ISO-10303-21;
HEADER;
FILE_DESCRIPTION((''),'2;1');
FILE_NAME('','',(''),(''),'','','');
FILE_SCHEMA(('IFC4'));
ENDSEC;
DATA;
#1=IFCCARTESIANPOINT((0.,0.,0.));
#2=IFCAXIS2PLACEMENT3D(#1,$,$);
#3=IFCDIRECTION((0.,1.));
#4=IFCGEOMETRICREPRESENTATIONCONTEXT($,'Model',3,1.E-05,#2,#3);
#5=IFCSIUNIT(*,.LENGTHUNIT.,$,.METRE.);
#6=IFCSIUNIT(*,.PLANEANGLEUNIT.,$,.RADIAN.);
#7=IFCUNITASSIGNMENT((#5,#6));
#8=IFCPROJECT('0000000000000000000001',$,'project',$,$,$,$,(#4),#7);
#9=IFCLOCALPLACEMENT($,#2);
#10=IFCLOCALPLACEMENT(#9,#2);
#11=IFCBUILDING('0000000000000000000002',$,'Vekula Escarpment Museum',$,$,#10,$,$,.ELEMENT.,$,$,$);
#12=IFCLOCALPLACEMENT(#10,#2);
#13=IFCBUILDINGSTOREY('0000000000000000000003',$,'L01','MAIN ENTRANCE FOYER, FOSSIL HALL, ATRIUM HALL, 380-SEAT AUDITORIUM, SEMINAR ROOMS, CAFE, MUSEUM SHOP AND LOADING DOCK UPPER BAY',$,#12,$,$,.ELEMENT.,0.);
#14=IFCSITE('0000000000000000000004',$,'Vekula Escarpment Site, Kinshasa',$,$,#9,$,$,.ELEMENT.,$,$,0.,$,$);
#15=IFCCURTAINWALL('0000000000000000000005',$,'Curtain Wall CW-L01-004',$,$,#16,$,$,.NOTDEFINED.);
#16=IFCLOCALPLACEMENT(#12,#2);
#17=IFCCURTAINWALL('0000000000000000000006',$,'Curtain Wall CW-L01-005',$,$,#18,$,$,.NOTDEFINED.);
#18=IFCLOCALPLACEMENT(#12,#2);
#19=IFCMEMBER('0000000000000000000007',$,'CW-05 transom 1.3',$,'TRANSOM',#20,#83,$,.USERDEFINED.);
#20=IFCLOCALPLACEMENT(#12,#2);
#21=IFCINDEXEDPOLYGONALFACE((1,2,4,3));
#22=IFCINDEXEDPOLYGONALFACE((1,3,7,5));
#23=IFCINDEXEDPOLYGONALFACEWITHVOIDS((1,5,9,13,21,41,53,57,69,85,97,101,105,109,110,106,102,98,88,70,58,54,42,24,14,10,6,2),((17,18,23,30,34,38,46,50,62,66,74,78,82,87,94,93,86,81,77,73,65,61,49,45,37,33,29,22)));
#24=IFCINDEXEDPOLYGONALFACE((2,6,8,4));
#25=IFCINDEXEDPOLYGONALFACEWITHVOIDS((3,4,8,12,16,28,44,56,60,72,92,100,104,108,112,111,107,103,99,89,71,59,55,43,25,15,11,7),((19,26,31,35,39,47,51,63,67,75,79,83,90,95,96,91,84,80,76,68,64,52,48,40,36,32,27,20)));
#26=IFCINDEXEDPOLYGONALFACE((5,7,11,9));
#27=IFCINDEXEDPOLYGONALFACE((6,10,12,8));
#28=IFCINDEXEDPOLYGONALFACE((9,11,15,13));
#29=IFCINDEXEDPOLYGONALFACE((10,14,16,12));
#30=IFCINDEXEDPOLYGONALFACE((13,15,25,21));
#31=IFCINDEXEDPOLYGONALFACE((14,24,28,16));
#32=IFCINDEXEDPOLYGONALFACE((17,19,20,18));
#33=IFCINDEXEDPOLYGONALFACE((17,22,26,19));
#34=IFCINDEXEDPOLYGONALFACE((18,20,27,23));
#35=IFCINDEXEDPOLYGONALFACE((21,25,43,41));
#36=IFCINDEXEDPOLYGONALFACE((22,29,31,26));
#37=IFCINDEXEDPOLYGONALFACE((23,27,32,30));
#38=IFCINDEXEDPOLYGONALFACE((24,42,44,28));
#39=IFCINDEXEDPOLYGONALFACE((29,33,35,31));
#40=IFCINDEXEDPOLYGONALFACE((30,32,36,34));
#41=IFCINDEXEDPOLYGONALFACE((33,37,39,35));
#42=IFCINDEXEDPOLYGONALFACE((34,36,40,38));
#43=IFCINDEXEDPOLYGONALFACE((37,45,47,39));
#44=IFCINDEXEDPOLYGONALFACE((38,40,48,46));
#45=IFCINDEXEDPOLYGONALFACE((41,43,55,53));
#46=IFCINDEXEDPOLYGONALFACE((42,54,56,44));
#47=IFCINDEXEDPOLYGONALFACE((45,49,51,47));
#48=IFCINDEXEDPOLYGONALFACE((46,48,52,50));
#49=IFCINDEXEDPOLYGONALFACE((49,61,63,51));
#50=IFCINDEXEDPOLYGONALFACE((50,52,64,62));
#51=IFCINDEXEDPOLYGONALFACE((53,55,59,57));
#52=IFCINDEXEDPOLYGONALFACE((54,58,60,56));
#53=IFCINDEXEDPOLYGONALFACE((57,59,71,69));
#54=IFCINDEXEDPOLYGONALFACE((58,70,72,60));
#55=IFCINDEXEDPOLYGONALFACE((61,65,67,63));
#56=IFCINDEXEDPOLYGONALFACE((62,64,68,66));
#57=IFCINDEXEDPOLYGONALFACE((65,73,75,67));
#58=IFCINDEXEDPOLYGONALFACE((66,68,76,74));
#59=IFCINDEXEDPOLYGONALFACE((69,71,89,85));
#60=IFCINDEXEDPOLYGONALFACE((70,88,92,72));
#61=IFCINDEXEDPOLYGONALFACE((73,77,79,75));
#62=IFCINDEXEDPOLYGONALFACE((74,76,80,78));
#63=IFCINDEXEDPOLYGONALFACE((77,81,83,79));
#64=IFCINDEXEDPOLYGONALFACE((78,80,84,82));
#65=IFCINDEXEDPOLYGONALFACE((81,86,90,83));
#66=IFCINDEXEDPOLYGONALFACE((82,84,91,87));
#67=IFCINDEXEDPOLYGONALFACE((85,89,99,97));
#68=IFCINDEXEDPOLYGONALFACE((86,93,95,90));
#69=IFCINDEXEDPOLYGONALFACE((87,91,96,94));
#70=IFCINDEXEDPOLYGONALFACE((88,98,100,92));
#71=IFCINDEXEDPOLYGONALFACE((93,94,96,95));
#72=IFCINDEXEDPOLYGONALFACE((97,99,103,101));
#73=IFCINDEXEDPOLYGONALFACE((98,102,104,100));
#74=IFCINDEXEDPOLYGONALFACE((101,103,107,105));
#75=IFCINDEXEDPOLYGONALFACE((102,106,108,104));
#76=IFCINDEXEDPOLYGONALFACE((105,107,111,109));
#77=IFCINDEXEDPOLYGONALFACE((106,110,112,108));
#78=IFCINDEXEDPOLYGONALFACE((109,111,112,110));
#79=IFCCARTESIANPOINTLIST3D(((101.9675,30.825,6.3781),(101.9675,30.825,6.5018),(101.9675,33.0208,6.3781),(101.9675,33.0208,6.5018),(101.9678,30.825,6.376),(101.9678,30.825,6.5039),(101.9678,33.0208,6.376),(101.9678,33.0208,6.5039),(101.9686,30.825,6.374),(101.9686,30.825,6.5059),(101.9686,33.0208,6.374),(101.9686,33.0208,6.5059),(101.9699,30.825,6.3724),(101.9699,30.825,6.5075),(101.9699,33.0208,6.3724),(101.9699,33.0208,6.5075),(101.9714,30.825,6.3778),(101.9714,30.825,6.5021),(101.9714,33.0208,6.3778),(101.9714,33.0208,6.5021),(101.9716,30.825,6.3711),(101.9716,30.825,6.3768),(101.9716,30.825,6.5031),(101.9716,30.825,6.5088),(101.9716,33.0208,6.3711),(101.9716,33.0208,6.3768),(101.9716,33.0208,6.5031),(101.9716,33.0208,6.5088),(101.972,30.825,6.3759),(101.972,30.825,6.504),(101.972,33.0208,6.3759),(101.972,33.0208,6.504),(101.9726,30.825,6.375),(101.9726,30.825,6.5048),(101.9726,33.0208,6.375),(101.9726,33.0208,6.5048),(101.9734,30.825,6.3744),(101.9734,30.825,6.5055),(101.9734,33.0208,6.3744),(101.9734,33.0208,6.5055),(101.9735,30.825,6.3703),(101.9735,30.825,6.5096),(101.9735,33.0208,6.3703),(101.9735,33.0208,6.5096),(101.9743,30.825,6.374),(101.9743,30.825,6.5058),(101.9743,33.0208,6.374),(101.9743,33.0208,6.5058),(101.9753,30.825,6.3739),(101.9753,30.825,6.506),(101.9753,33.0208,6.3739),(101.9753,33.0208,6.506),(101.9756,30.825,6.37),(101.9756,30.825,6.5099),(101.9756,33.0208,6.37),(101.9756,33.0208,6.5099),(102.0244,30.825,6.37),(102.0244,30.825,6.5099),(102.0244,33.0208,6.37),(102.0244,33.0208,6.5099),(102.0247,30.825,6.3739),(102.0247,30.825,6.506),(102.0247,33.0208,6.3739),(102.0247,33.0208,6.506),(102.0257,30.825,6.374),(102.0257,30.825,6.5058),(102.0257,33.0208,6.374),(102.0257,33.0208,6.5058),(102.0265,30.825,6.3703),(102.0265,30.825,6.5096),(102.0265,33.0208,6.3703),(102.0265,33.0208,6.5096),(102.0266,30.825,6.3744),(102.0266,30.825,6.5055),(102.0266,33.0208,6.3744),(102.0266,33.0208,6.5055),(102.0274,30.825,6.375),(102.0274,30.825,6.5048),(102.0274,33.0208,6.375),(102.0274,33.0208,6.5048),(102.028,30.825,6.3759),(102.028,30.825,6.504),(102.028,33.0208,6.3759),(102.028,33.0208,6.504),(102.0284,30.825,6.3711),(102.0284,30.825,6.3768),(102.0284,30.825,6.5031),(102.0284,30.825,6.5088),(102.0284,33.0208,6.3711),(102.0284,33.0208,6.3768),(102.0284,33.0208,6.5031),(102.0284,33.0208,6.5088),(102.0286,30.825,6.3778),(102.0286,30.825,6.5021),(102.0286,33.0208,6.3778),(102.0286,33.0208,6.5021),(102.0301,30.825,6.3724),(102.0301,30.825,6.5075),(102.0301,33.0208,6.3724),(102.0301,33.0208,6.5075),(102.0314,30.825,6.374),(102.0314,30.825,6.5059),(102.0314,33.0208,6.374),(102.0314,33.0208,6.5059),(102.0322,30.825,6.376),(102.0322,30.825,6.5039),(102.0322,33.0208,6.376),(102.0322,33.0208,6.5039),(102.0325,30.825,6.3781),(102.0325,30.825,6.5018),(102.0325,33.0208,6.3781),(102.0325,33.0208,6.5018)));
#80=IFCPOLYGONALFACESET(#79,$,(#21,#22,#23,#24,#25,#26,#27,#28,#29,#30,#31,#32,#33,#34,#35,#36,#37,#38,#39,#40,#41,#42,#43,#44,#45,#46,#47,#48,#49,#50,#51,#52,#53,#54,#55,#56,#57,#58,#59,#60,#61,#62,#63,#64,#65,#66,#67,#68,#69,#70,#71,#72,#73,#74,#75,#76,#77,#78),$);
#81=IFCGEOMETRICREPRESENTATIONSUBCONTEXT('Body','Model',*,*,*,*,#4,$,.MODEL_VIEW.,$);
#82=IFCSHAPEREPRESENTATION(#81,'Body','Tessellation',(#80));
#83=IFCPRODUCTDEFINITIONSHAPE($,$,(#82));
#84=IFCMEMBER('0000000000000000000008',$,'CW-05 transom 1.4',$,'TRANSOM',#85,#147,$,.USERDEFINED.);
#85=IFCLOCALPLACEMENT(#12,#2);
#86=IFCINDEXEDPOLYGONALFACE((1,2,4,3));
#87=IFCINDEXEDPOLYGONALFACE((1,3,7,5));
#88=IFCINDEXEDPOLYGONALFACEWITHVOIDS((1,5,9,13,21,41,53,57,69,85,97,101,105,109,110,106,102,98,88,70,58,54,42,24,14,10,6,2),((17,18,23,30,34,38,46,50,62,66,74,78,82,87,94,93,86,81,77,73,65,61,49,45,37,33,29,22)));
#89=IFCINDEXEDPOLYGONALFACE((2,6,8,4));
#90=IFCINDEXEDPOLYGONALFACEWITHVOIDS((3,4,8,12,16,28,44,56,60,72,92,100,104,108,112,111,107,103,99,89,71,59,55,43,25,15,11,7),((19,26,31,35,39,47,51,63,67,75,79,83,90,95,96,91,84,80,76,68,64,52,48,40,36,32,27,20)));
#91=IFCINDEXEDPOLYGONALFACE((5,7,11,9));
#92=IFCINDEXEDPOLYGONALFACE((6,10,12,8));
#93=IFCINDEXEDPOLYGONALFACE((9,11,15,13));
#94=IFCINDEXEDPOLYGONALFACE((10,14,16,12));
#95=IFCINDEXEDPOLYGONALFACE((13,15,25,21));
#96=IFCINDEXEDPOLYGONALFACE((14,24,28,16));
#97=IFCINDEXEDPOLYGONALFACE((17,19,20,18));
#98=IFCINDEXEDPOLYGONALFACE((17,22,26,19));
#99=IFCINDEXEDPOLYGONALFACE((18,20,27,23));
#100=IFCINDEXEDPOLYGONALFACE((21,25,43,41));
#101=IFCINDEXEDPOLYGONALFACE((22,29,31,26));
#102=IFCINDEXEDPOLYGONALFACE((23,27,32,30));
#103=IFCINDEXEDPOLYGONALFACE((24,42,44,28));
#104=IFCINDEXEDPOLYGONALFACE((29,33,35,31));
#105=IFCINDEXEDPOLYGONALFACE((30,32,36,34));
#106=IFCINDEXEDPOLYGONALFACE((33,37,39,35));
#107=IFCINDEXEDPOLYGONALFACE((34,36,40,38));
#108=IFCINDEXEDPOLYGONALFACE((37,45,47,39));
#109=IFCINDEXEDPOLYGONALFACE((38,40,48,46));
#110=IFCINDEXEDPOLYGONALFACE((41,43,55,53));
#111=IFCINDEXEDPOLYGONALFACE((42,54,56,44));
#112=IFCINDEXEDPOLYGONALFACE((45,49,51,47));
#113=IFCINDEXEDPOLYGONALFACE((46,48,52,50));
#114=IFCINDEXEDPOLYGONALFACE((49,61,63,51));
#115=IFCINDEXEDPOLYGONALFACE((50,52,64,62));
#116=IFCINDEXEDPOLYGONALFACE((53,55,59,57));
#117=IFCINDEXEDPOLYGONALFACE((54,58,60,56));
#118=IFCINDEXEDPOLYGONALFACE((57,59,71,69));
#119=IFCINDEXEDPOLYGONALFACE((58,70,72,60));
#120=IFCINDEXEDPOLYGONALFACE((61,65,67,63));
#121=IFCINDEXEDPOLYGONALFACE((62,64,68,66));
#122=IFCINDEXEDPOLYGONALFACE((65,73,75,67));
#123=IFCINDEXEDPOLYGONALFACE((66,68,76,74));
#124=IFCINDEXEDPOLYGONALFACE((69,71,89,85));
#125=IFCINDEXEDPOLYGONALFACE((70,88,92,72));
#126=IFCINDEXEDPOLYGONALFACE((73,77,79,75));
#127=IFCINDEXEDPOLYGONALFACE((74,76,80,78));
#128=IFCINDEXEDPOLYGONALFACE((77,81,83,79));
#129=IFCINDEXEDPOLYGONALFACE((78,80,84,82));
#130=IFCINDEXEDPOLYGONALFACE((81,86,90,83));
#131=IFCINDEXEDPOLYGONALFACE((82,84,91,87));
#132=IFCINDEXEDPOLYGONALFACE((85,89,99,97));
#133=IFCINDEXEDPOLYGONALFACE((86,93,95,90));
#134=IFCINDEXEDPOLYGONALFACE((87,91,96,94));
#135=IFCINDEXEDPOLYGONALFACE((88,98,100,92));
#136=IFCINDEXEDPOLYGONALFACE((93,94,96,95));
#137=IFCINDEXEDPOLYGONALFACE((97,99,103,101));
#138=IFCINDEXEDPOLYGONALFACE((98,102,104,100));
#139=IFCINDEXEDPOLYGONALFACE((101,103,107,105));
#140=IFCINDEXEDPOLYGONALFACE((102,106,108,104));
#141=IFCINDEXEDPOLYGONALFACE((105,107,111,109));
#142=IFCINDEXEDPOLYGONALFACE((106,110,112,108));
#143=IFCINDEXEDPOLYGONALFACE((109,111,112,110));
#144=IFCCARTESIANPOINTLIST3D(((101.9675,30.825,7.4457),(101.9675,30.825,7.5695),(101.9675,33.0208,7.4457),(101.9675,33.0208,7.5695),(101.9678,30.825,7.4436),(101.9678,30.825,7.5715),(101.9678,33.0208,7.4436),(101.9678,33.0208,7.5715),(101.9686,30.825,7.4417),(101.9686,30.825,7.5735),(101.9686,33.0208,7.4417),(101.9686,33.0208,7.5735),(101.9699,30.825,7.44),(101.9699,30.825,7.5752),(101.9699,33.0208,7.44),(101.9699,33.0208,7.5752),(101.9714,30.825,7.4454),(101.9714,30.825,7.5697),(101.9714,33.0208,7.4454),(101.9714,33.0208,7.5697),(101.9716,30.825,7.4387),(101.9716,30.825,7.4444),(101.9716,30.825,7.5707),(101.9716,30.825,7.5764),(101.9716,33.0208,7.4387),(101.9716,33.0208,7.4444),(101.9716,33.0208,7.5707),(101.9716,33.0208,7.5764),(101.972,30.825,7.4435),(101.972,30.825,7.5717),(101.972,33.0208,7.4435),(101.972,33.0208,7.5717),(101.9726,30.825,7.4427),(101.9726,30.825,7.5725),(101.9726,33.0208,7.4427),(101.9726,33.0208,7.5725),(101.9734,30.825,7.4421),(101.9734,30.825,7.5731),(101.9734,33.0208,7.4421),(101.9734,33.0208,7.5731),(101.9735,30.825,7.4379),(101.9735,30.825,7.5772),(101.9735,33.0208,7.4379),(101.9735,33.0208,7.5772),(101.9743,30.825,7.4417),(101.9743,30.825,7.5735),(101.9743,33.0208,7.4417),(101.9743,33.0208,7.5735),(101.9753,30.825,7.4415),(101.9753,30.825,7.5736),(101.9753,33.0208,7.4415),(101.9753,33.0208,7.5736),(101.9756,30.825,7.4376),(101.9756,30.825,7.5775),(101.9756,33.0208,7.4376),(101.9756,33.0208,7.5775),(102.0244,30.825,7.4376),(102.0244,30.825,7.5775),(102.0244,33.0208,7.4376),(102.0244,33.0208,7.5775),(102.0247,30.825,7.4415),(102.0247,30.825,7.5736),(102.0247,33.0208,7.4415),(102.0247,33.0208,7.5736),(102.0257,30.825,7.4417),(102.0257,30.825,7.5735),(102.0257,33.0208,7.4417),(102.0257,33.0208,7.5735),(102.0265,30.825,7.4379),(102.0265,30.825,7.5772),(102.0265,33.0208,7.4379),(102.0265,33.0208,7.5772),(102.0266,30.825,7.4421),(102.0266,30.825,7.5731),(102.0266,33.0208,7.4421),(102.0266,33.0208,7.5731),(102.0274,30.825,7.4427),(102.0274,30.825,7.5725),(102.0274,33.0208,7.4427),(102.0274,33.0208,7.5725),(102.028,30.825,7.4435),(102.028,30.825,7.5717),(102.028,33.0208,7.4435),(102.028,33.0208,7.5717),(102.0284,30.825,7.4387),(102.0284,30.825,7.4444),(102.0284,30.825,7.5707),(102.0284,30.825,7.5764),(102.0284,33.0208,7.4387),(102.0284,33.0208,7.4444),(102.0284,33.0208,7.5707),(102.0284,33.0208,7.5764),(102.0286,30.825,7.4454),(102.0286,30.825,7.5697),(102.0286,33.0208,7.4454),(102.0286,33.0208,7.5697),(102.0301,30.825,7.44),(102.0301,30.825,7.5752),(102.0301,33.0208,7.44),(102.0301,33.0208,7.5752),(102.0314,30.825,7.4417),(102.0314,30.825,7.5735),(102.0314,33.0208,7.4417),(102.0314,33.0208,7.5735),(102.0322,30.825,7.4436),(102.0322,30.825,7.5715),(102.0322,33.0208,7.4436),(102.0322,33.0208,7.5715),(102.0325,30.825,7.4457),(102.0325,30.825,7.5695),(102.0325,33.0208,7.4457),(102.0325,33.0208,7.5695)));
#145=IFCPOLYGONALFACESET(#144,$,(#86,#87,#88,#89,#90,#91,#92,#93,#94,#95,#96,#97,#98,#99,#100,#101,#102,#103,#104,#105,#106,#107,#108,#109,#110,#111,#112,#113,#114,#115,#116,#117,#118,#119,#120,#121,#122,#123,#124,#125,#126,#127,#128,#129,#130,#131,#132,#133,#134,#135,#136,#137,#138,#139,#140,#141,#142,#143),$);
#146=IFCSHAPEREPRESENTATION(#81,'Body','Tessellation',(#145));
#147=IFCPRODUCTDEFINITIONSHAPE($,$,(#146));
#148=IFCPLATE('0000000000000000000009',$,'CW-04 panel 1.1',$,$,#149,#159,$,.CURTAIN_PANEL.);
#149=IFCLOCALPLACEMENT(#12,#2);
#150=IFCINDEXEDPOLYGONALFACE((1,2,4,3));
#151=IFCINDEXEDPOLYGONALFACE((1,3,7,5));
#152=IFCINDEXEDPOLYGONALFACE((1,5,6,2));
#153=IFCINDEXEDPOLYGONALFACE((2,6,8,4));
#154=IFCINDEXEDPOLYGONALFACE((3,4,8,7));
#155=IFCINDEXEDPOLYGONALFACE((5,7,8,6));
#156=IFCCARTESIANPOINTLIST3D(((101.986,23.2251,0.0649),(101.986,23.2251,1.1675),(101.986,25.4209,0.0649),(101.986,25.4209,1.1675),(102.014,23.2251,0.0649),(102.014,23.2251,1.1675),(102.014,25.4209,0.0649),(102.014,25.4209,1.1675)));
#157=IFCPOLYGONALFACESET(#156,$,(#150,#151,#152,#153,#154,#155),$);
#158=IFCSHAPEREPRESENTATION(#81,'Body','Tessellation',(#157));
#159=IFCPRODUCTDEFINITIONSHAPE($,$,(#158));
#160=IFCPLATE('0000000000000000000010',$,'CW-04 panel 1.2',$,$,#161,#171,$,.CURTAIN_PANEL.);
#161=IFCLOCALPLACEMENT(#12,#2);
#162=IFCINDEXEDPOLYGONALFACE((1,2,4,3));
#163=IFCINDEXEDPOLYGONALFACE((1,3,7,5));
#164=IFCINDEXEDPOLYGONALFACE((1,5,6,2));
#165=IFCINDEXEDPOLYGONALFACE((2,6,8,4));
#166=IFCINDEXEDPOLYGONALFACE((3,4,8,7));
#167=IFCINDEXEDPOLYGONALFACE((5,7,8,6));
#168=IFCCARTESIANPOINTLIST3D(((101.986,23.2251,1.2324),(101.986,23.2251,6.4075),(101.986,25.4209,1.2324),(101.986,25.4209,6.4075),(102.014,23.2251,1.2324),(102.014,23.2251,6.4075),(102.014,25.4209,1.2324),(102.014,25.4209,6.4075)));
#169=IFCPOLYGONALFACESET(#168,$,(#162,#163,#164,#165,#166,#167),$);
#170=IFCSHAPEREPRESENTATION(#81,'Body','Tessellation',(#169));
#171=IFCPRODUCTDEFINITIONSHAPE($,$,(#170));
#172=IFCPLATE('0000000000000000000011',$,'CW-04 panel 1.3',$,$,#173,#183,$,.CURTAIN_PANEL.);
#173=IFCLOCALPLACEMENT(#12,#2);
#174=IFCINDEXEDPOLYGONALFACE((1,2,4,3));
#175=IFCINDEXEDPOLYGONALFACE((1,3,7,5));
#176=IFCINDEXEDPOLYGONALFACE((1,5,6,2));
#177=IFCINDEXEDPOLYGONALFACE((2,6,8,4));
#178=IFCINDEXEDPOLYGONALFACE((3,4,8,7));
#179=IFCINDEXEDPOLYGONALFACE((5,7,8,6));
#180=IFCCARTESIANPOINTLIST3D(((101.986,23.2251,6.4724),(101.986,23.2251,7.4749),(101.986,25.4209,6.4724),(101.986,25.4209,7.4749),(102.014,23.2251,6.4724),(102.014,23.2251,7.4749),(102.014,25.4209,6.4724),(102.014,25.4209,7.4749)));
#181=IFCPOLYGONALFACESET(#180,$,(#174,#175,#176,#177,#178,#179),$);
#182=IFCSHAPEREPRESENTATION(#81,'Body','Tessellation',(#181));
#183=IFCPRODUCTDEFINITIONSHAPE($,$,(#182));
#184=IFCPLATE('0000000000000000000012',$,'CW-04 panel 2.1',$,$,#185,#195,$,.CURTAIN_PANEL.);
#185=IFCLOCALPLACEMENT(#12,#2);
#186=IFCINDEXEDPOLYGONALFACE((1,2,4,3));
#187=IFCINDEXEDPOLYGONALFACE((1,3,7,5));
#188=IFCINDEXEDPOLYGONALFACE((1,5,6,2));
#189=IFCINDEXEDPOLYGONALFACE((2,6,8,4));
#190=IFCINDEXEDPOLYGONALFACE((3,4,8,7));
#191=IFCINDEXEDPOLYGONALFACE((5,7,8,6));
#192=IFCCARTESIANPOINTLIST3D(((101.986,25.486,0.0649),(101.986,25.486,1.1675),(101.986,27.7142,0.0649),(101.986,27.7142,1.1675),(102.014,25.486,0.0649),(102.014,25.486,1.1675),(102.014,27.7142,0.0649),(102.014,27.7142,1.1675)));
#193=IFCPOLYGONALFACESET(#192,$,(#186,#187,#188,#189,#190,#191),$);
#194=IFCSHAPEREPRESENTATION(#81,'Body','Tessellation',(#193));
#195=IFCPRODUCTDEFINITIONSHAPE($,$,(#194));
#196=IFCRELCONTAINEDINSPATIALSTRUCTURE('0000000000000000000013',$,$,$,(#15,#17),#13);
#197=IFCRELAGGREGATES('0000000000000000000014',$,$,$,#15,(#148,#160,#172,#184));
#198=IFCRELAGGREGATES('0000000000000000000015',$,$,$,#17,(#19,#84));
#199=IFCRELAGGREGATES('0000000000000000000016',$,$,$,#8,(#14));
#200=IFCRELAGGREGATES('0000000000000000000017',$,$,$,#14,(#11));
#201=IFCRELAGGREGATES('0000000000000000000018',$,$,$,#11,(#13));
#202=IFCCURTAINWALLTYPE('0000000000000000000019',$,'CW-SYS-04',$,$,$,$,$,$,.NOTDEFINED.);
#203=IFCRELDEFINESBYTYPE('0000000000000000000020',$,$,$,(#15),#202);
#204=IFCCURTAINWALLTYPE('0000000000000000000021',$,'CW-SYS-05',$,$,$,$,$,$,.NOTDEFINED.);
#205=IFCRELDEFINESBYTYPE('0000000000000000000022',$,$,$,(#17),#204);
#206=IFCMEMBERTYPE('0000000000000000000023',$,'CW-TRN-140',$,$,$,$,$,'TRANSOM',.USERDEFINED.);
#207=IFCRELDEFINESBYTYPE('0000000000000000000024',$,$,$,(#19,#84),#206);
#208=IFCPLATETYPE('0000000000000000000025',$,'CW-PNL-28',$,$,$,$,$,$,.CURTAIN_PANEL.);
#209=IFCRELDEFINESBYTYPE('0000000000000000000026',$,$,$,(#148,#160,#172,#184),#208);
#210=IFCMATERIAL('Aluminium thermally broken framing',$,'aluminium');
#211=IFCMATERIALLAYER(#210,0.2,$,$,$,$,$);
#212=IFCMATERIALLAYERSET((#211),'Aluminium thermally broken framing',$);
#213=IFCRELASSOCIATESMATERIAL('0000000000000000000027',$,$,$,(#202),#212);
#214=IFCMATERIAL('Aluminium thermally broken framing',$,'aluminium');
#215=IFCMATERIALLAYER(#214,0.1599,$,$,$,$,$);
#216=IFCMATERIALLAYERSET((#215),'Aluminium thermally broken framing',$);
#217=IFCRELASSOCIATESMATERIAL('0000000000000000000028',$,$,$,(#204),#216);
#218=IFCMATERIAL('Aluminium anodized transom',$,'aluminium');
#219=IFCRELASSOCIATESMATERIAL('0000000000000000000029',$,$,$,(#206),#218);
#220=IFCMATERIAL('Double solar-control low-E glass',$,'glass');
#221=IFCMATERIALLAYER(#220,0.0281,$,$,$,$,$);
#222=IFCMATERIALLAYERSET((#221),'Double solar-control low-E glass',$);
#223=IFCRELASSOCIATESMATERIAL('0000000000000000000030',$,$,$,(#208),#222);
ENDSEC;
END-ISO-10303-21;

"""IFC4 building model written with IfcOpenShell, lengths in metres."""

from ifc_helpers import new_model, si_unit, direction, frame, origin, origin_2d, place, context, subcontext, project, spatial, rectangle, hollow_rectangle, extrude, material, layer, layer_set, material_profile, profile_set, type_object, element, aggregate, save


model = new_model("IFC4")

# Units and contexts
model_context = context("Model", 3, precision=1e-05, world=origin(), true_north=direction((0.0, 1.0)))
body_context = subcontext(model_context, "Body", "Model", "MODEL_VIEW")
ifc_project = project(units=[si_unit("LENGTHUNIT", "METRE"), si_unit("PLANEANGLEUNIT", "RADIAN")], contexts=[model_context])

# Site, building, storey
site_placement = place(None, origin())
site = spatial("IfcSite", under=ifc_project, at=site_placement, Name="Vekula Escarpment Site, Kinshasa", CompositionType="ELEMENT", RefElevation=0.0)
building_placement = place(site_placement, origin())
building = spatial("IfcBuilding", under=site, at=building_placement, Name="Vekula Escarpment Museum", CompositionType="ELEMENT")
storey_placement = place(building_placement, origin())
storey = spatial("IfcBuildingStorey", under=building, at=storey_placement, Name="L01", Description="MAIN ENTRANCE FOYER, FOSSIL HALL, ATRIUM HALL, 380-SEAT AUDITORIUM, SEMINAR ROOMS, CAFE, MUSEUM SHOP AND LOADING DOCK UPPER BAY", CompositionType="ELEMENT", Elevation=0.0)

# Curtain wall
ifc_material_1 = material(Name="Aluminium thermally broken framing", Category="aluminium")
ifc_layer_1 = layer(ifc_material_1, 0.2)
ifc_layer_set_1 = layer_set([ifc_layer_1], Name="Aluminium thermally broken framing")
curtain_wall_type_1 = type_object("IfcCurtainWallType", Name="CW-SYS-04", PredefinedType="NOTDEFINED", material=ifc_layer_set_1)
curtain_wall_1_placement = place(storey_placement, origin())
curtain_wall_1 = element("IfcCurtainWall", 1, at=curtain_wall_1_placement, inside=storey, type_object=curtain_wall_type_1, Name="Curtain Wall CW-L01-004", PredefinedType="NOTDEFINED")

# Curtain wall
ifc_material_2 = material(Name="Aluminium thermally broken framing", Category="aluminium")
ifc_layer_2 = layer(ifc_material_2, 0.1599)
ifc_layer_set_2 = layer_set([ifc_layer_2], Name="Aluminium thermally broken framing")
curtain_wall_type_2 = type_object("IfcCurtainWallType", Name="CW-SYS-05", PredefinedType="NOTDEFINED", material=ifc_layer_set_2)
curtain_wall_2_placement = place(storey_placement, origin())
curtain_wall_2 = element("IfcCurtainWall", 2, at=curtain_wall_2_placement, inside=storey, type_object=curtain_wall_type_2, Name="Curtain Wall CW-L01-005", PredefinedType="NOTDEFINED")

# Members
ifc_material_3 = material(Name="Aluminium anodized transom", Category="aluminium")
ifc_material_profile_1 = material_profile(ifc_material_3, hollow_rectangle(XDim=0.0649, YDim=0.1399, WallThickness=0.0039, InnerFilletRadius=0.0039, OuterFilletRadius=0.0081, at=origin_2d()), Name="ALU 140x65x4")
ifc_profile_set_1 = profile_set([ifc_material_profile_1], Name="Aluminium anodized transom")
member_type_1 = type_object("IfcMemberType", Name="CW-TRN-140", ElementType="TRANSOM", PredefinedType="USERDEFINED", material=ifc_profile_set_1)
member_1_placement = place(storey_placement, frame((102.0, 30.825, 6.4399), z_axis=(0.0, 1.0, 0.0), x_axis=(-1.0, 0.0, 0.0)))
member_1 = element("IfcMember", 3, at=member_1_placement, type_object=member_type_1, Name="CW-05 transom 1.3", ObjectType="TRANSOM", PredefinedType="USERDEFINED", context=body_context, shape_type="SweptSolid", body=[
    extrude(hollow_rectangle(XDim=0.0649, YDim=0.1399, WallThickness=0.0039, InnerFilletRadius=0.0039, OuterFilletRadius=0.0081, at=origin_2d()), origin(), (0.0, 0.0, 1.0), 2.1958),
])
member_2_placement = place(storey_placement, frame((102.0, 30.825, 7.5076), z_axis=(0.0, 1.0, 0.0), x_axis=(-1.0, 0.0, 0.0)))
member_2 = element("IfcMember", 4, at=member_2_placement, type_object=member_type_1, Name="CW-05 transom 1.4", ObjectType="TRANSOM", PredefinedType="USERDEFINED", context=body_context, shape_type="SweptSolid", body=[
    extrude(hollow_rectangle(XDim=0.0649, YDim=0.1399, WallThickness=0.0039, InnerFilletRadius=0.0039, OuterFilletRadius=0.0081, at=origin_2d()), origin(), (0.0, 0.0, 1.0), 2.1958),
])

# Plates
ifc_material_4 = material(Name="Double solar-control low-E glass", Category="glass")
ifc_layer_3 = layer(ifc_material_4, 0.0281)
ifc_layer_set_3 = layer_set([ifc_layer_3], Name="Double solar-control low-E glass")
plate_type_1 = type_object("IfcPlateType", Name="CW-PNL-28", PredefinedType="CURTAIN_PANEL", material=ifc_layer_set_3)
plate_1_placement = place(storey_placement, frame((102.0, 24.323, 0.0649), z_axis=(0.0, 0.0, 1.0), x_axis=(0.0, 1.0, 0.0)))
plate_1 = element("IfcPlate", 5, at=plate_1_placement, type_object=plate_type_1, Name="CW-04 panel 1.1", PredefinedType="CURTAIN_PANEL", context=body_context, shape_type="SweptSolid", body=[
    extrude(rectangle(XDim=2.1958, YDim=0.0281, at=origin_2d()), origin(), (0.0, 0.0, 1.0), 1.1025),
])
plate_2_placement = place(storey_placement, frame((102.0, 24.323, 1.2324), z_axis=(0.0, 0.0, 1.0), x_axis=(0.0, 1.0, 0.0)))
plate_2 = element("IfcPlate", 6, at=plate_2_placement, type_object=plate_type_1, Name="CW-04 panel 1.2", PredefinedType="CURTAIN_PANEL", context=body_context, shape_type="SweptSolid", body=[
    extrude(rectangle(XDim=2.1958, YDim=0.0281, at=origin_2d()), origin(), (0.0, 0.0, 1.0), 5.175),
])
plate_3_placement = place(storey_placement, frame((102.0, 24.323, 6.4724), z_axis=(0.0, 0.0, 1.0), x_axis=(0.0, 1.0, 0.0)))
plate_3 = element("IfcPlate", 7, at=plate_3_placement, type_object=plate_type_1, Name="CW-04 panel 1.3", PredefinedType="CURTAIN_PANEL", context=body_context, shape_type="SweptSolid", body=[
    extrude(rectangle(XDim=2.1958, YDim=0.0281, at=origin_2d()), origin(), (0.0, 0.0, 1.0), 1.0024),
])
plate_4_placement = place(storey_placement, frame((102.0, 26.6001, 0.0649), z_axis=(0.0, 0.0, 1.0), x_axis=(0.0, 1.0, 0.0)))
plate_4 = element("IfcPlate", 8, at=plate_4_placement, type_object=plate_type_1, Name="CW-04 panel 2.1", PredefinedType="CURTAIN_PANEL", context=body_context, shape_type="SweptSolid", body=[
    extrude(rectangle(XDim=2.2283, YDim=0.0281, at=origin_2d()), origin(), (0.0, 0.0, 1.0), 1.1025),
])
aggregate(curtain_wall_1, [plate_1, plate_2, plate_3, plate_4])
aggregate(curtain_wall_2, [member_1, member_2])

save(model, "model.ifc")
